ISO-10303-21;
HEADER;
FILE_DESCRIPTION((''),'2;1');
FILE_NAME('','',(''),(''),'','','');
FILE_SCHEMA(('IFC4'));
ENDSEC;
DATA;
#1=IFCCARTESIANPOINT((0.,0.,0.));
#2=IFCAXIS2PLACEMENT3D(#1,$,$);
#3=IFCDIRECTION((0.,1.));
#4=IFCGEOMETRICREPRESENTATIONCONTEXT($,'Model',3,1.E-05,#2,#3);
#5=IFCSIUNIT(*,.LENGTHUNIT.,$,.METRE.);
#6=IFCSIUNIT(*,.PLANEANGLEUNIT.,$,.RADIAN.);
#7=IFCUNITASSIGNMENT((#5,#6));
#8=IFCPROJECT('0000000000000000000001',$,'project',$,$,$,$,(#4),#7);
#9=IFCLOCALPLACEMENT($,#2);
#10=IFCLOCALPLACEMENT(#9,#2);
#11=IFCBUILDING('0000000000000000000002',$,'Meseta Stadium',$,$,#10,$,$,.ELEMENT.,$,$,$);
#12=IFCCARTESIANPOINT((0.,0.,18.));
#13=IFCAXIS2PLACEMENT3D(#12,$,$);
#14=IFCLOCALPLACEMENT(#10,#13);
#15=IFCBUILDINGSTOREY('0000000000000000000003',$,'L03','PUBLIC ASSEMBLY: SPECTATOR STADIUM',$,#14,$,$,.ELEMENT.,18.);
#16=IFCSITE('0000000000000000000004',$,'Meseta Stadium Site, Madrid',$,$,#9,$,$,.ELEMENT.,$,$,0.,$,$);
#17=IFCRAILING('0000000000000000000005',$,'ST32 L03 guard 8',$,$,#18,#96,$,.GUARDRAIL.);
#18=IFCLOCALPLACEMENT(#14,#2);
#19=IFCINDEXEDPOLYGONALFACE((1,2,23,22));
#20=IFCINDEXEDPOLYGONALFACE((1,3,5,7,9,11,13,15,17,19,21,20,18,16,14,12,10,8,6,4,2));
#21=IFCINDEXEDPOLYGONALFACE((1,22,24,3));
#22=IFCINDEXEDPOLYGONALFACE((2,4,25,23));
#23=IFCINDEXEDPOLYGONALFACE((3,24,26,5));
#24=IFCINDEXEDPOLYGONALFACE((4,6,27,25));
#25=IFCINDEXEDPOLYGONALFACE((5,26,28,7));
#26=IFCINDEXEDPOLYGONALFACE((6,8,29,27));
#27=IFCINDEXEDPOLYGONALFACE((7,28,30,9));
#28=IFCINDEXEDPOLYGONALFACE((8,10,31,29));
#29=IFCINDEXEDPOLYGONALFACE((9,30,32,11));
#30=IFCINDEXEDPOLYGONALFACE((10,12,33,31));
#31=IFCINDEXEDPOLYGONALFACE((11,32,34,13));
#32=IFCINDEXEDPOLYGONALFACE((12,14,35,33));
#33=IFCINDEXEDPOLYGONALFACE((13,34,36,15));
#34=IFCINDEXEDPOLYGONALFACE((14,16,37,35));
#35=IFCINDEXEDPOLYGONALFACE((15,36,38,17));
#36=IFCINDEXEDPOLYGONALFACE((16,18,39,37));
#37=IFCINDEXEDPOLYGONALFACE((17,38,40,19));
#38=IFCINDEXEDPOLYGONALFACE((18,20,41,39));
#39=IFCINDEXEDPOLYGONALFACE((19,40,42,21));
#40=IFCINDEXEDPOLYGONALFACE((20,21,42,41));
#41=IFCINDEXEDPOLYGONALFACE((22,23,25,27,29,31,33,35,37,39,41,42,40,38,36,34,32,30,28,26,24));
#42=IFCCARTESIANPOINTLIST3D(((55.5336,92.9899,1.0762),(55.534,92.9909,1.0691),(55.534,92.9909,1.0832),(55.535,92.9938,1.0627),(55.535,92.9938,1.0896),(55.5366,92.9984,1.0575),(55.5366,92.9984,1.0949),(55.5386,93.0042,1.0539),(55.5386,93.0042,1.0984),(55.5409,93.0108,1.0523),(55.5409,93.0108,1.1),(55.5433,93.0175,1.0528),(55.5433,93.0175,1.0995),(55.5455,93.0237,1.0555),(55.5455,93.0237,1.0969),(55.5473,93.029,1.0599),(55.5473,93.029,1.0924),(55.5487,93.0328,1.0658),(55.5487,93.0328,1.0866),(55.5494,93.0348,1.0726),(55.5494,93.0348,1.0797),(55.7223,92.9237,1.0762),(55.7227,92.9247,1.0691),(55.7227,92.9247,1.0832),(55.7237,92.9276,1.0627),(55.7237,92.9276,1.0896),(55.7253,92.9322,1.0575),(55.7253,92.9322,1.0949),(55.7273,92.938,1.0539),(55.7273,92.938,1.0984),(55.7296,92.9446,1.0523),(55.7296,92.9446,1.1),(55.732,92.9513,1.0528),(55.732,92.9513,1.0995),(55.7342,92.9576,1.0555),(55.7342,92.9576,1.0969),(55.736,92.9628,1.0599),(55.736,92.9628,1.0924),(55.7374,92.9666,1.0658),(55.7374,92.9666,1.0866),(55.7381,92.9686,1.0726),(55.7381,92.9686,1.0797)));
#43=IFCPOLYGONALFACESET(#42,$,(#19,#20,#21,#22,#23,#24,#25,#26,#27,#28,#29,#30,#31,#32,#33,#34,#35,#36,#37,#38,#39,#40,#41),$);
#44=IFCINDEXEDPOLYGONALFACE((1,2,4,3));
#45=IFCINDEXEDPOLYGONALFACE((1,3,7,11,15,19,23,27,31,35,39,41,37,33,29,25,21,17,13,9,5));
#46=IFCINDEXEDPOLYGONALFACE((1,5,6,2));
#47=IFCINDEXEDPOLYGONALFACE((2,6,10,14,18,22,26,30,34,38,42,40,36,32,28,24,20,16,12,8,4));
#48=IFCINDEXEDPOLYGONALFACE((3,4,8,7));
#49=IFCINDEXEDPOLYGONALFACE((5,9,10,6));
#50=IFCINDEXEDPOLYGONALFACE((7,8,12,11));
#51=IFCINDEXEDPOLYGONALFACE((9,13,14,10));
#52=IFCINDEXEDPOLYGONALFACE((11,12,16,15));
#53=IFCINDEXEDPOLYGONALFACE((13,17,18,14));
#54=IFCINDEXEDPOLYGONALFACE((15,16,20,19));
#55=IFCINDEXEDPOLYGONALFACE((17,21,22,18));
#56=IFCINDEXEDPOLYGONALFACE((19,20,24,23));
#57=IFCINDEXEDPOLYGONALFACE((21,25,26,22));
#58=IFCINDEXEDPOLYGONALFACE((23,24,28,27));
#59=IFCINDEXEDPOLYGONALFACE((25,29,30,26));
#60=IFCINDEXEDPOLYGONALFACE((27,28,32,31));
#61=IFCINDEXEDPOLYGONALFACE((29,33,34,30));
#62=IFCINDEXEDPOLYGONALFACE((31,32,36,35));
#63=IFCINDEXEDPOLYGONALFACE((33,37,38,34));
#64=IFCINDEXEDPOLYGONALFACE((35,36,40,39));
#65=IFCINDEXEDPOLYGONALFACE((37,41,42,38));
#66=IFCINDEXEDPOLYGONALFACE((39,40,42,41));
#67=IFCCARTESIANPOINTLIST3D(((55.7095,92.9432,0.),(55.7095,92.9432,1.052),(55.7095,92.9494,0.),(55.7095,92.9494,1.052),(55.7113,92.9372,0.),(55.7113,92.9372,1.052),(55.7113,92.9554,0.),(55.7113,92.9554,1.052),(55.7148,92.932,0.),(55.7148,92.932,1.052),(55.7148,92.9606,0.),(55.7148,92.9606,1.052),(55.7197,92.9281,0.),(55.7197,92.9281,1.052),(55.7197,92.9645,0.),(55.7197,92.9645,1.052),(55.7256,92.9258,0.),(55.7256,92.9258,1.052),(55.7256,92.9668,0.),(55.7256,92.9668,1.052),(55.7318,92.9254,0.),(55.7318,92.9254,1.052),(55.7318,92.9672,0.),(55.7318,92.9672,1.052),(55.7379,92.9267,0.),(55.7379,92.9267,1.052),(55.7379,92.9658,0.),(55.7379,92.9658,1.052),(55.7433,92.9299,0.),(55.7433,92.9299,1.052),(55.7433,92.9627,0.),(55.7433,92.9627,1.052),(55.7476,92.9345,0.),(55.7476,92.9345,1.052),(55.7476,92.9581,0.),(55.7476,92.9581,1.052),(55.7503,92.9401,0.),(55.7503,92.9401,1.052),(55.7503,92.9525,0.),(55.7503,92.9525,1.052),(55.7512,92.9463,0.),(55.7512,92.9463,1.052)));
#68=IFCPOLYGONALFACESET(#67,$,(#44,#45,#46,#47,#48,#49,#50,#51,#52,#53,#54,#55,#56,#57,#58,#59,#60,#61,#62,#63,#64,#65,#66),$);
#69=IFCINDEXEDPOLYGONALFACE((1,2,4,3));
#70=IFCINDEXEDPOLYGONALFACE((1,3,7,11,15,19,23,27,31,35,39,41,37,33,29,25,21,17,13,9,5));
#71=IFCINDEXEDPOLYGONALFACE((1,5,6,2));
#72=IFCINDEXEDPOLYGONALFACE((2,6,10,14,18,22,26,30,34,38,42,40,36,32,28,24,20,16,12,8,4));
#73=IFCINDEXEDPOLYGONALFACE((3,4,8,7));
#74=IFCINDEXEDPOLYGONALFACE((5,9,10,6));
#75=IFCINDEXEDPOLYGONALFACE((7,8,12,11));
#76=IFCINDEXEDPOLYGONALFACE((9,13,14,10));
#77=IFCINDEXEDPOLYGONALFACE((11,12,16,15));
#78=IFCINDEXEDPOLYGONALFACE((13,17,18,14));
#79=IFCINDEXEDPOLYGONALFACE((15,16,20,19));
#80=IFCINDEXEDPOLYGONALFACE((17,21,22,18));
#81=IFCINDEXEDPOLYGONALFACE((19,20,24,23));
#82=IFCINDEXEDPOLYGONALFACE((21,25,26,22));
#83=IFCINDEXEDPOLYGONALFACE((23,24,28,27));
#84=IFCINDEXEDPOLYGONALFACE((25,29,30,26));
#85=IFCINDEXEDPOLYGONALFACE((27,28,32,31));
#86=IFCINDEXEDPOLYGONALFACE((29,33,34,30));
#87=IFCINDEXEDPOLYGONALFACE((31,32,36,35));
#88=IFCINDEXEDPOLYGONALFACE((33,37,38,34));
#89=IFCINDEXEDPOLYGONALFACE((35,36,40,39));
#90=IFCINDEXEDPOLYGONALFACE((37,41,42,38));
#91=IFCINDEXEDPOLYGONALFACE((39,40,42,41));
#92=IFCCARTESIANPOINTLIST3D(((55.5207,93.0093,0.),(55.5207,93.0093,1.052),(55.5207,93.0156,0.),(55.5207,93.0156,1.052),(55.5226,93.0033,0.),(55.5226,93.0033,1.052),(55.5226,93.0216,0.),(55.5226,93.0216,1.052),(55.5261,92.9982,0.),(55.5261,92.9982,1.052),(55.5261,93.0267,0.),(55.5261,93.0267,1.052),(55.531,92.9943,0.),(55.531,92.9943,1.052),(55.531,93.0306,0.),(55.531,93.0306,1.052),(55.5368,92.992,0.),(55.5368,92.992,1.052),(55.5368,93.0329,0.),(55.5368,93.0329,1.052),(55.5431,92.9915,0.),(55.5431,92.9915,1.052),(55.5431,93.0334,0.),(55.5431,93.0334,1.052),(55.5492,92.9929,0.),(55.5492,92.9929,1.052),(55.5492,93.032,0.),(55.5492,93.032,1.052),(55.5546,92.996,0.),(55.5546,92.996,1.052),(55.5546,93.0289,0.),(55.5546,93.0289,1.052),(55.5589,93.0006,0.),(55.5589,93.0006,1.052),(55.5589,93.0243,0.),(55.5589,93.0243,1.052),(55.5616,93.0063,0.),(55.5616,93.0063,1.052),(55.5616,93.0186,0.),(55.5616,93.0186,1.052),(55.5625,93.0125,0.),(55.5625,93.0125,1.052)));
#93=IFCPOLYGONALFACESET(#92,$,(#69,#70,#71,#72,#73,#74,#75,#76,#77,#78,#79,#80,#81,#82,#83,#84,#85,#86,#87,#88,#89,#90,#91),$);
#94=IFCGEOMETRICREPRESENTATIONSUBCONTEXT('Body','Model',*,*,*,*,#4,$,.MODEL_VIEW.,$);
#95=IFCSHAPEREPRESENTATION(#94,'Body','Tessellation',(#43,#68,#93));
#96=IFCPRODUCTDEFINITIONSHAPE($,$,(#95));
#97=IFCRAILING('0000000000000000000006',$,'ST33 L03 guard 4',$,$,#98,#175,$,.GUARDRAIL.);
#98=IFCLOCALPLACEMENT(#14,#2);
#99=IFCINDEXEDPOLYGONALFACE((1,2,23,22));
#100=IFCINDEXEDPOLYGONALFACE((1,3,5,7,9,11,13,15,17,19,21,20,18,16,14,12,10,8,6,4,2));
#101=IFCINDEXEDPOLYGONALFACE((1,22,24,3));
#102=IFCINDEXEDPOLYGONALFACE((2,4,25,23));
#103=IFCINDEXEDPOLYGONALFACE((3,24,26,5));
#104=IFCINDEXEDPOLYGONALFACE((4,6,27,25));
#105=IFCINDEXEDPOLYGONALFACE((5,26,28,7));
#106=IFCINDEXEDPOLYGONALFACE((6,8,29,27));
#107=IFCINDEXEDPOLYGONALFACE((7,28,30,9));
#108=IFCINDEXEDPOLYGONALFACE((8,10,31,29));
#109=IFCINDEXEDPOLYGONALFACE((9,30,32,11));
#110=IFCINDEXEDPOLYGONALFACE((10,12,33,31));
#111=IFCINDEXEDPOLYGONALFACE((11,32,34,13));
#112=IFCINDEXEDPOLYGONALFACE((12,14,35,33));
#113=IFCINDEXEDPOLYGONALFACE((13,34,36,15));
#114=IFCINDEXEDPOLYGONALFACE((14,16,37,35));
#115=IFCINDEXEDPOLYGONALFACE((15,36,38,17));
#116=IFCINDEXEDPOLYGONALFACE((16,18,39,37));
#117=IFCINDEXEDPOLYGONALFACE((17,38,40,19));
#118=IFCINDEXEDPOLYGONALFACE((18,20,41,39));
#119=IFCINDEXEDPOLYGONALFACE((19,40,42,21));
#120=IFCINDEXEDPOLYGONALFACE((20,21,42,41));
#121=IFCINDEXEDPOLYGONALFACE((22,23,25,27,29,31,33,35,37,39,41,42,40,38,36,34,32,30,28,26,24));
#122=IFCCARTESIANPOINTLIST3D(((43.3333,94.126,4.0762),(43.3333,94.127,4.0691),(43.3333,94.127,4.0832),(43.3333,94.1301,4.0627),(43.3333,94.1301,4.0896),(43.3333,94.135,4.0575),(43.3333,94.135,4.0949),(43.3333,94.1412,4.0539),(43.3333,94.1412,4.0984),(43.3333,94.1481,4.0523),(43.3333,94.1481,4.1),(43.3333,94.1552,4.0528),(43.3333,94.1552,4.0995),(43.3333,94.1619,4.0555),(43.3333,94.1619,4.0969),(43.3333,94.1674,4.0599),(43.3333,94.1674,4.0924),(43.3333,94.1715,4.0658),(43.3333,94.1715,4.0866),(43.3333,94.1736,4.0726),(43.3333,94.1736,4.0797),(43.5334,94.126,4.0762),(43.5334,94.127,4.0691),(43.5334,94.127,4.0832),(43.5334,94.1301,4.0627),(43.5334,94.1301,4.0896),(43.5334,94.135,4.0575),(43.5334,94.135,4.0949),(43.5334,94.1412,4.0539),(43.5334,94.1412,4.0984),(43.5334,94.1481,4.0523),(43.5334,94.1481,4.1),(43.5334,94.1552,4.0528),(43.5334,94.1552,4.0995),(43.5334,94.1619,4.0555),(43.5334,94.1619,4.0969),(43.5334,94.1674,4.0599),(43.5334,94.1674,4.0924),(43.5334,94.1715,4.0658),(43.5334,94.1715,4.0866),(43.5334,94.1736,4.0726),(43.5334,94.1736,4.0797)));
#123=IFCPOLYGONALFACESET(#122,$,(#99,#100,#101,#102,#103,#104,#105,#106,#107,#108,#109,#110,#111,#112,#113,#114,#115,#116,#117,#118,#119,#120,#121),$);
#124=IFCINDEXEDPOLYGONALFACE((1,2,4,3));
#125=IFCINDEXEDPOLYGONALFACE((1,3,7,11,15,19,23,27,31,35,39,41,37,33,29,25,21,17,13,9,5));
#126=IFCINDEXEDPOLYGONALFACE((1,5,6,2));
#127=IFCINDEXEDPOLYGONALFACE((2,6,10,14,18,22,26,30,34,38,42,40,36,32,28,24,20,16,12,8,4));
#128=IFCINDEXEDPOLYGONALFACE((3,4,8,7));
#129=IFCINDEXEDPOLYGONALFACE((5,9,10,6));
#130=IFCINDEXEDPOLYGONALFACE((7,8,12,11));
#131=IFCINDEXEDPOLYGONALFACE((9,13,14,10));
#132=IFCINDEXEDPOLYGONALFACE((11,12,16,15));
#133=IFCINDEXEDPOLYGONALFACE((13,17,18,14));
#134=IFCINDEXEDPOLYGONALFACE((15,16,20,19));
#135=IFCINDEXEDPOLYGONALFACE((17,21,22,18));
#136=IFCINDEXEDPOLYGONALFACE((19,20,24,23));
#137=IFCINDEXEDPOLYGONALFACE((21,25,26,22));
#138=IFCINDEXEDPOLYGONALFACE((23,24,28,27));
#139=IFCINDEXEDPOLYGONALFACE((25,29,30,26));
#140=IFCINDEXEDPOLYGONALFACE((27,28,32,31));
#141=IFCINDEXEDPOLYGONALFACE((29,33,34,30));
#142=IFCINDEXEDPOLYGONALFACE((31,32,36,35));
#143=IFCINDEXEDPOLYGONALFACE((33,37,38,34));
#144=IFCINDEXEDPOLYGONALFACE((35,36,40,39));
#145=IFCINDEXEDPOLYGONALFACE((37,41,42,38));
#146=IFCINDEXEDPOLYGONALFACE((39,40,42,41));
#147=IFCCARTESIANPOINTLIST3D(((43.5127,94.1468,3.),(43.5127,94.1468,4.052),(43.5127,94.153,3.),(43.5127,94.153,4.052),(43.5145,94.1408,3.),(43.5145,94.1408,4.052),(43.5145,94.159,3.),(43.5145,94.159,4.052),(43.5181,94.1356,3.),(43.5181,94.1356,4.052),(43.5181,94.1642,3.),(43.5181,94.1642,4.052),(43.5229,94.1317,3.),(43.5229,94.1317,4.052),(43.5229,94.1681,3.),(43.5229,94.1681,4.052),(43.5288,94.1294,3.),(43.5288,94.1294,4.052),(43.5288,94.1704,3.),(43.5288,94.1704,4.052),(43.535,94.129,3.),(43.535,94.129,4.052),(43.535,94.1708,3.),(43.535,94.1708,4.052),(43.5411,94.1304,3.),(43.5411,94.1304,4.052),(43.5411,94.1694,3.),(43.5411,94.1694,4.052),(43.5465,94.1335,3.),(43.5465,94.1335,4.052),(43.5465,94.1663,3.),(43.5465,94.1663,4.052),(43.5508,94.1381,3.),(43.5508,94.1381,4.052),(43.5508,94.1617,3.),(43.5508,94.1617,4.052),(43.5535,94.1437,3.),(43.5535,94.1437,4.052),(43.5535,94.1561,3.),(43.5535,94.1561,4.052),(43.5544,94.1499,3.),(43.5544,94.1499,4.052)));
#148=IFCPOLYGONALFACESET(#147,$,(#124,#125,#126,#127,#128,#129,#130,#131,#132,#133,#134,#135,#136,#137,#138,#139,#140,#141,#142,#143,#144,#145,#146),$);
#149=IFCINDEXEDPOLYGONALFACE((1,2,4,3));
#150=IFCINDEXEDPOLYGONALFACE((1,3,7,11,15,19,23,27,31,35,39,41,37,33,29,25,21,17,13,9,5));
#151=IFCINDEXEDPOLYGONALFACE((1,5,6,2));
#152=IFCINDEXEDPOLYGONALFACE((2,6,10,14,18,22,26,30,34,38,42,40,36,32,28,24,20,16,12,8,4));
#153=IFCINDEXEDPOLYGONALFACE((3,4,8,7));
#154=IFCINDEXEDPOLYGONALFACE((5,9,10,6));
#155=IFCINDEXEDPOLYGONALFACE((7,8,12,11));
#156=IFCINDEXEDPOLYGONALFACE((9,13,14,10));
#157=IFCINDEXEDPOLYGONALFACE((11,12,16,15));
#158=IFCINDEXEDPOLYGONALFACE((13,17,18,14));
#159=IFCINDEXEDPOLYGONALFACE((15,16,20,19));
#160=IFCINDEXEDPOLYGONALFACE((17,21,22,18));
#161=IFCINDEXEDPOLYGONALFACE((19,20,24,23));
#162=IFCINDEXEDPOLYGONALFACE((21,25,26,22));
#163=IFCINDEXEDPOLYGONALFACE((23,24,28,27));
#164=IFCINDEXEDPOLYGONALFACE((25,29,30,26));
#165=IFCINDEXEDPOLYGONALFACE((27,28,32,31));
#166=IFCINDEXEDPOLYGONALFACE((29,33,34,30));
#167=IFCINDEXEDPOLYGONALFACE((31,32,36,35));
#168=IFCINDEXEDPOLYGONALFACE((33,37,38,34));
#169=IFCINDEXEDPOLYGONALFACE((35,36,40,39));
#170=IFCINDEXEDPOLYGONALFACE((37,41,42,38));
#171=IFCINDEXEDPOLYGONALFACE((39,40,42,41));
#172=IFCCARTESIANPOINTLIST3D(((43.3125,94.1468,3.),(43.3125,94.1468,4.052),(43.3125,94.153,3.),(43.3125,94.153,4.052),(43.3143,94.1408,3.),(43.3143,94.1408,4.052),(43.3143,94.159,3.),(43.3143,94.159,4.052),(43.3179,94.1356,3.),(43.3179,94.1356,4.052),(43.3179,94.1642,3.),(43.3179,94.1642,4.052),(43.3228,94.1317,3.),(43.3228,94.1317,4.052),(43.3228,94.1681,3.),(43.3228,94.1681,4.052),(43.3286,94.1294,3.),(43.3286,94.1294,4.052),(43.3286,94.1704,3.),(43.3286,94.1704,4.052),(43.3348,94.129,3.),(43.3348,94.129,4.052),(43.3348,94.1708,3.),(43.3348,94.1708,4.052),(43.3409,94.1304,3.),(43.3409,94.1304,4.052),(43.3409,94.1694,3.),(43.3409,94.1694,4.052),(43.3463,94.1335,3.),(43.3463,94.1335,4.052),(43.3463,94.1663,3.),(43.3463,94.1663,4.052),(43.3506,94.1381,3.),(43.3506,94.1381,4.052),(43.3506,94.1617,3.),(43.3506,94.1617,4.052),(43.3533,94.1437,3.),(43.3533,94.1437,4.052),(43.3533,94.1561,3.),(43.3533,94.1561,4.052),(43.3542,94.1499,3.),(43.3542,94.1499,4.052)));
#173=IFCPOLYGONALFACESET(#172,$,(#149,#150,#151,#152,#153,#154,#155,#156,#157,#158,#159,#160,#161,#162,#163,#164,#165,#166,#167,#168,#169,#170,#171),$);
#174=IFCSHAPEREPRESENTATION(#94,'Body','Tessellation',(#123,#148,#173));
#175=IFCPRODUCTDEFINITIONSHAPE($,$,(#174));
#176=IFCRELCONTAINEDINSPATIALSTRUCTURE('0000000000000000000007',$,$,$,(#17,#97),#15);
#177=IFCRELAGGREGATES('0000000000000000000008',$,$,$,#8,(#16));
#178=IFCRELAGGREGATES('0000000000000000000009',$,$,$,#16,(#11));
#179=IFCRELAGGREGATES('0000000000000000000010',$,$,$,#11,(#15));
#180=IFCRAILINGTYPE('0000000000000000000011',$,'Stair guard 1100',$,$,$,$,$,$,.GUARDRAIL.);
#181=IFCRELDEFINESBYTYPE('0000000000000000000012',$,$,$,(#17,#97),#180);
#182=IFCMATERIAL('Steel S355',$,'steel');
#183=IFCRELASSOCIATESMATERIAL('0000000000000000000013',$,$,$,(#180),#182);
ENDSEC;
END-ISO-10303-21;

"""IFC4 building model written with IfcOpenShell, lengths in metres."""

from ifc_helpers import new_model, si_unit, direction, frame, origin, origin_2d, place, context, subcontext, project, spatial, circle, extrude, material, type_object, element, save


model = new_model("IFC4")

# Units and contexts
model_context = context("Model", 3, precision=1e-05, world=origin(), true_north=direction((0.0, 1.0)))
body_context = subcontext(model_context, "Body", "Model", "MODEL_VIEW")
ifc_project = project(units=[si_unit("LENGTHUNIT", "METRE"), si_unit("PLANEANGLEUNIT", "RADIAN")], contexts=[model_context])

# Site, building, storey
site_placement = place(None, origin())
site = spatial("IfcSite", under=ifc_project, at=site_placement, Name="Meseta Stadium Site, Madrid", CompositionType="ELEMENT", RefElevation=0.0)
building_placement = place(site_placement, origin())
building = spatial("IfcBuilding", under=site, at=building_placement, Name="Meseta Stadium", CompositionType="ELEMENT")
storey_placement = place(building_placement, frame((0.0, 0.0, 18.0)))
storey = spatial("IfcBuildingStorey", under=building, at=storey_placement, Name="L03", Description="PUBLIC ASSEMBLY: SPECTATOR STADIUM", CompositionType="ELEMENT", Elevation=18.0)

# Railings
ifc_material_1 = material(Name="Steel S355", Category="steel")
railing_type = type_object("IfcRailingType", Name="Stair guard 1100", PredefinedType="GUARDRAIL", material=ifc_material_1)
railing_1_placement = place(storey_placement, frame((55.7302, 92.9463, 0.0)))
element("IfcRailing", 1, at=railing_1_placement, inside=storey, type_object=railing_type, Name="ST32 L03 guard 8", PredefinedType="GUARDRAIL", context=body_context, shape_type="SweptSolid", body=[
    extrude(circle(Radius=0.0239, at=origin_2d()), frame((0.0, 0.0, 1.0762), z_axis=(-0.943687, 0.33084, 0.0), x_axis=(-0.33084, -0.943687, 0.0)), (0.0, 0.0, 1.0), 0.2),
    extrude(circle(Radius=0.021, at=origin_2d()), origin(), (0.0, 0.0, 1.0), 1.052),
    extrude(circle(Radius=0.021, at=origin_2d()), frame((-0.1887, 0.0662, 0.0)), (0.0, 0.0, 1.0), 1.052),
])
for number, where, name in (
    (2, (43.5334, 94.1499, 3.0), "ST33 L03 guard 4"),
):
    element("IfcRailing", number, at=place(storey_placement, frame(where)), inside=storey, type_object=railing_type, Name=name, PredefinedType="GUARDRAIL", context=body_context, shape_type="SweptSolid", body=[
        extrude(circle(Radius=0.0239, at=origin_2d()), frame((0.0, 0.0, 1.0762), z_axis=(-1.0, 0.0, 0.0), x_axis=(0.0, -1.0, 0.0)), (0.0, 0.0, 1.0), 0.2002),
        extrude(circle(Radius=0.021, at=origin_2d()), origin(), (0.0, 0.0, 1.0), 1.052),
        extrude(circle(Radius=0.021, at=origin_2d()), frame((-0.2002, 0.0, 0.0)), (0.0, 0.0, 1.0), 1.052),
    ])

save(model, "model.ifc")
